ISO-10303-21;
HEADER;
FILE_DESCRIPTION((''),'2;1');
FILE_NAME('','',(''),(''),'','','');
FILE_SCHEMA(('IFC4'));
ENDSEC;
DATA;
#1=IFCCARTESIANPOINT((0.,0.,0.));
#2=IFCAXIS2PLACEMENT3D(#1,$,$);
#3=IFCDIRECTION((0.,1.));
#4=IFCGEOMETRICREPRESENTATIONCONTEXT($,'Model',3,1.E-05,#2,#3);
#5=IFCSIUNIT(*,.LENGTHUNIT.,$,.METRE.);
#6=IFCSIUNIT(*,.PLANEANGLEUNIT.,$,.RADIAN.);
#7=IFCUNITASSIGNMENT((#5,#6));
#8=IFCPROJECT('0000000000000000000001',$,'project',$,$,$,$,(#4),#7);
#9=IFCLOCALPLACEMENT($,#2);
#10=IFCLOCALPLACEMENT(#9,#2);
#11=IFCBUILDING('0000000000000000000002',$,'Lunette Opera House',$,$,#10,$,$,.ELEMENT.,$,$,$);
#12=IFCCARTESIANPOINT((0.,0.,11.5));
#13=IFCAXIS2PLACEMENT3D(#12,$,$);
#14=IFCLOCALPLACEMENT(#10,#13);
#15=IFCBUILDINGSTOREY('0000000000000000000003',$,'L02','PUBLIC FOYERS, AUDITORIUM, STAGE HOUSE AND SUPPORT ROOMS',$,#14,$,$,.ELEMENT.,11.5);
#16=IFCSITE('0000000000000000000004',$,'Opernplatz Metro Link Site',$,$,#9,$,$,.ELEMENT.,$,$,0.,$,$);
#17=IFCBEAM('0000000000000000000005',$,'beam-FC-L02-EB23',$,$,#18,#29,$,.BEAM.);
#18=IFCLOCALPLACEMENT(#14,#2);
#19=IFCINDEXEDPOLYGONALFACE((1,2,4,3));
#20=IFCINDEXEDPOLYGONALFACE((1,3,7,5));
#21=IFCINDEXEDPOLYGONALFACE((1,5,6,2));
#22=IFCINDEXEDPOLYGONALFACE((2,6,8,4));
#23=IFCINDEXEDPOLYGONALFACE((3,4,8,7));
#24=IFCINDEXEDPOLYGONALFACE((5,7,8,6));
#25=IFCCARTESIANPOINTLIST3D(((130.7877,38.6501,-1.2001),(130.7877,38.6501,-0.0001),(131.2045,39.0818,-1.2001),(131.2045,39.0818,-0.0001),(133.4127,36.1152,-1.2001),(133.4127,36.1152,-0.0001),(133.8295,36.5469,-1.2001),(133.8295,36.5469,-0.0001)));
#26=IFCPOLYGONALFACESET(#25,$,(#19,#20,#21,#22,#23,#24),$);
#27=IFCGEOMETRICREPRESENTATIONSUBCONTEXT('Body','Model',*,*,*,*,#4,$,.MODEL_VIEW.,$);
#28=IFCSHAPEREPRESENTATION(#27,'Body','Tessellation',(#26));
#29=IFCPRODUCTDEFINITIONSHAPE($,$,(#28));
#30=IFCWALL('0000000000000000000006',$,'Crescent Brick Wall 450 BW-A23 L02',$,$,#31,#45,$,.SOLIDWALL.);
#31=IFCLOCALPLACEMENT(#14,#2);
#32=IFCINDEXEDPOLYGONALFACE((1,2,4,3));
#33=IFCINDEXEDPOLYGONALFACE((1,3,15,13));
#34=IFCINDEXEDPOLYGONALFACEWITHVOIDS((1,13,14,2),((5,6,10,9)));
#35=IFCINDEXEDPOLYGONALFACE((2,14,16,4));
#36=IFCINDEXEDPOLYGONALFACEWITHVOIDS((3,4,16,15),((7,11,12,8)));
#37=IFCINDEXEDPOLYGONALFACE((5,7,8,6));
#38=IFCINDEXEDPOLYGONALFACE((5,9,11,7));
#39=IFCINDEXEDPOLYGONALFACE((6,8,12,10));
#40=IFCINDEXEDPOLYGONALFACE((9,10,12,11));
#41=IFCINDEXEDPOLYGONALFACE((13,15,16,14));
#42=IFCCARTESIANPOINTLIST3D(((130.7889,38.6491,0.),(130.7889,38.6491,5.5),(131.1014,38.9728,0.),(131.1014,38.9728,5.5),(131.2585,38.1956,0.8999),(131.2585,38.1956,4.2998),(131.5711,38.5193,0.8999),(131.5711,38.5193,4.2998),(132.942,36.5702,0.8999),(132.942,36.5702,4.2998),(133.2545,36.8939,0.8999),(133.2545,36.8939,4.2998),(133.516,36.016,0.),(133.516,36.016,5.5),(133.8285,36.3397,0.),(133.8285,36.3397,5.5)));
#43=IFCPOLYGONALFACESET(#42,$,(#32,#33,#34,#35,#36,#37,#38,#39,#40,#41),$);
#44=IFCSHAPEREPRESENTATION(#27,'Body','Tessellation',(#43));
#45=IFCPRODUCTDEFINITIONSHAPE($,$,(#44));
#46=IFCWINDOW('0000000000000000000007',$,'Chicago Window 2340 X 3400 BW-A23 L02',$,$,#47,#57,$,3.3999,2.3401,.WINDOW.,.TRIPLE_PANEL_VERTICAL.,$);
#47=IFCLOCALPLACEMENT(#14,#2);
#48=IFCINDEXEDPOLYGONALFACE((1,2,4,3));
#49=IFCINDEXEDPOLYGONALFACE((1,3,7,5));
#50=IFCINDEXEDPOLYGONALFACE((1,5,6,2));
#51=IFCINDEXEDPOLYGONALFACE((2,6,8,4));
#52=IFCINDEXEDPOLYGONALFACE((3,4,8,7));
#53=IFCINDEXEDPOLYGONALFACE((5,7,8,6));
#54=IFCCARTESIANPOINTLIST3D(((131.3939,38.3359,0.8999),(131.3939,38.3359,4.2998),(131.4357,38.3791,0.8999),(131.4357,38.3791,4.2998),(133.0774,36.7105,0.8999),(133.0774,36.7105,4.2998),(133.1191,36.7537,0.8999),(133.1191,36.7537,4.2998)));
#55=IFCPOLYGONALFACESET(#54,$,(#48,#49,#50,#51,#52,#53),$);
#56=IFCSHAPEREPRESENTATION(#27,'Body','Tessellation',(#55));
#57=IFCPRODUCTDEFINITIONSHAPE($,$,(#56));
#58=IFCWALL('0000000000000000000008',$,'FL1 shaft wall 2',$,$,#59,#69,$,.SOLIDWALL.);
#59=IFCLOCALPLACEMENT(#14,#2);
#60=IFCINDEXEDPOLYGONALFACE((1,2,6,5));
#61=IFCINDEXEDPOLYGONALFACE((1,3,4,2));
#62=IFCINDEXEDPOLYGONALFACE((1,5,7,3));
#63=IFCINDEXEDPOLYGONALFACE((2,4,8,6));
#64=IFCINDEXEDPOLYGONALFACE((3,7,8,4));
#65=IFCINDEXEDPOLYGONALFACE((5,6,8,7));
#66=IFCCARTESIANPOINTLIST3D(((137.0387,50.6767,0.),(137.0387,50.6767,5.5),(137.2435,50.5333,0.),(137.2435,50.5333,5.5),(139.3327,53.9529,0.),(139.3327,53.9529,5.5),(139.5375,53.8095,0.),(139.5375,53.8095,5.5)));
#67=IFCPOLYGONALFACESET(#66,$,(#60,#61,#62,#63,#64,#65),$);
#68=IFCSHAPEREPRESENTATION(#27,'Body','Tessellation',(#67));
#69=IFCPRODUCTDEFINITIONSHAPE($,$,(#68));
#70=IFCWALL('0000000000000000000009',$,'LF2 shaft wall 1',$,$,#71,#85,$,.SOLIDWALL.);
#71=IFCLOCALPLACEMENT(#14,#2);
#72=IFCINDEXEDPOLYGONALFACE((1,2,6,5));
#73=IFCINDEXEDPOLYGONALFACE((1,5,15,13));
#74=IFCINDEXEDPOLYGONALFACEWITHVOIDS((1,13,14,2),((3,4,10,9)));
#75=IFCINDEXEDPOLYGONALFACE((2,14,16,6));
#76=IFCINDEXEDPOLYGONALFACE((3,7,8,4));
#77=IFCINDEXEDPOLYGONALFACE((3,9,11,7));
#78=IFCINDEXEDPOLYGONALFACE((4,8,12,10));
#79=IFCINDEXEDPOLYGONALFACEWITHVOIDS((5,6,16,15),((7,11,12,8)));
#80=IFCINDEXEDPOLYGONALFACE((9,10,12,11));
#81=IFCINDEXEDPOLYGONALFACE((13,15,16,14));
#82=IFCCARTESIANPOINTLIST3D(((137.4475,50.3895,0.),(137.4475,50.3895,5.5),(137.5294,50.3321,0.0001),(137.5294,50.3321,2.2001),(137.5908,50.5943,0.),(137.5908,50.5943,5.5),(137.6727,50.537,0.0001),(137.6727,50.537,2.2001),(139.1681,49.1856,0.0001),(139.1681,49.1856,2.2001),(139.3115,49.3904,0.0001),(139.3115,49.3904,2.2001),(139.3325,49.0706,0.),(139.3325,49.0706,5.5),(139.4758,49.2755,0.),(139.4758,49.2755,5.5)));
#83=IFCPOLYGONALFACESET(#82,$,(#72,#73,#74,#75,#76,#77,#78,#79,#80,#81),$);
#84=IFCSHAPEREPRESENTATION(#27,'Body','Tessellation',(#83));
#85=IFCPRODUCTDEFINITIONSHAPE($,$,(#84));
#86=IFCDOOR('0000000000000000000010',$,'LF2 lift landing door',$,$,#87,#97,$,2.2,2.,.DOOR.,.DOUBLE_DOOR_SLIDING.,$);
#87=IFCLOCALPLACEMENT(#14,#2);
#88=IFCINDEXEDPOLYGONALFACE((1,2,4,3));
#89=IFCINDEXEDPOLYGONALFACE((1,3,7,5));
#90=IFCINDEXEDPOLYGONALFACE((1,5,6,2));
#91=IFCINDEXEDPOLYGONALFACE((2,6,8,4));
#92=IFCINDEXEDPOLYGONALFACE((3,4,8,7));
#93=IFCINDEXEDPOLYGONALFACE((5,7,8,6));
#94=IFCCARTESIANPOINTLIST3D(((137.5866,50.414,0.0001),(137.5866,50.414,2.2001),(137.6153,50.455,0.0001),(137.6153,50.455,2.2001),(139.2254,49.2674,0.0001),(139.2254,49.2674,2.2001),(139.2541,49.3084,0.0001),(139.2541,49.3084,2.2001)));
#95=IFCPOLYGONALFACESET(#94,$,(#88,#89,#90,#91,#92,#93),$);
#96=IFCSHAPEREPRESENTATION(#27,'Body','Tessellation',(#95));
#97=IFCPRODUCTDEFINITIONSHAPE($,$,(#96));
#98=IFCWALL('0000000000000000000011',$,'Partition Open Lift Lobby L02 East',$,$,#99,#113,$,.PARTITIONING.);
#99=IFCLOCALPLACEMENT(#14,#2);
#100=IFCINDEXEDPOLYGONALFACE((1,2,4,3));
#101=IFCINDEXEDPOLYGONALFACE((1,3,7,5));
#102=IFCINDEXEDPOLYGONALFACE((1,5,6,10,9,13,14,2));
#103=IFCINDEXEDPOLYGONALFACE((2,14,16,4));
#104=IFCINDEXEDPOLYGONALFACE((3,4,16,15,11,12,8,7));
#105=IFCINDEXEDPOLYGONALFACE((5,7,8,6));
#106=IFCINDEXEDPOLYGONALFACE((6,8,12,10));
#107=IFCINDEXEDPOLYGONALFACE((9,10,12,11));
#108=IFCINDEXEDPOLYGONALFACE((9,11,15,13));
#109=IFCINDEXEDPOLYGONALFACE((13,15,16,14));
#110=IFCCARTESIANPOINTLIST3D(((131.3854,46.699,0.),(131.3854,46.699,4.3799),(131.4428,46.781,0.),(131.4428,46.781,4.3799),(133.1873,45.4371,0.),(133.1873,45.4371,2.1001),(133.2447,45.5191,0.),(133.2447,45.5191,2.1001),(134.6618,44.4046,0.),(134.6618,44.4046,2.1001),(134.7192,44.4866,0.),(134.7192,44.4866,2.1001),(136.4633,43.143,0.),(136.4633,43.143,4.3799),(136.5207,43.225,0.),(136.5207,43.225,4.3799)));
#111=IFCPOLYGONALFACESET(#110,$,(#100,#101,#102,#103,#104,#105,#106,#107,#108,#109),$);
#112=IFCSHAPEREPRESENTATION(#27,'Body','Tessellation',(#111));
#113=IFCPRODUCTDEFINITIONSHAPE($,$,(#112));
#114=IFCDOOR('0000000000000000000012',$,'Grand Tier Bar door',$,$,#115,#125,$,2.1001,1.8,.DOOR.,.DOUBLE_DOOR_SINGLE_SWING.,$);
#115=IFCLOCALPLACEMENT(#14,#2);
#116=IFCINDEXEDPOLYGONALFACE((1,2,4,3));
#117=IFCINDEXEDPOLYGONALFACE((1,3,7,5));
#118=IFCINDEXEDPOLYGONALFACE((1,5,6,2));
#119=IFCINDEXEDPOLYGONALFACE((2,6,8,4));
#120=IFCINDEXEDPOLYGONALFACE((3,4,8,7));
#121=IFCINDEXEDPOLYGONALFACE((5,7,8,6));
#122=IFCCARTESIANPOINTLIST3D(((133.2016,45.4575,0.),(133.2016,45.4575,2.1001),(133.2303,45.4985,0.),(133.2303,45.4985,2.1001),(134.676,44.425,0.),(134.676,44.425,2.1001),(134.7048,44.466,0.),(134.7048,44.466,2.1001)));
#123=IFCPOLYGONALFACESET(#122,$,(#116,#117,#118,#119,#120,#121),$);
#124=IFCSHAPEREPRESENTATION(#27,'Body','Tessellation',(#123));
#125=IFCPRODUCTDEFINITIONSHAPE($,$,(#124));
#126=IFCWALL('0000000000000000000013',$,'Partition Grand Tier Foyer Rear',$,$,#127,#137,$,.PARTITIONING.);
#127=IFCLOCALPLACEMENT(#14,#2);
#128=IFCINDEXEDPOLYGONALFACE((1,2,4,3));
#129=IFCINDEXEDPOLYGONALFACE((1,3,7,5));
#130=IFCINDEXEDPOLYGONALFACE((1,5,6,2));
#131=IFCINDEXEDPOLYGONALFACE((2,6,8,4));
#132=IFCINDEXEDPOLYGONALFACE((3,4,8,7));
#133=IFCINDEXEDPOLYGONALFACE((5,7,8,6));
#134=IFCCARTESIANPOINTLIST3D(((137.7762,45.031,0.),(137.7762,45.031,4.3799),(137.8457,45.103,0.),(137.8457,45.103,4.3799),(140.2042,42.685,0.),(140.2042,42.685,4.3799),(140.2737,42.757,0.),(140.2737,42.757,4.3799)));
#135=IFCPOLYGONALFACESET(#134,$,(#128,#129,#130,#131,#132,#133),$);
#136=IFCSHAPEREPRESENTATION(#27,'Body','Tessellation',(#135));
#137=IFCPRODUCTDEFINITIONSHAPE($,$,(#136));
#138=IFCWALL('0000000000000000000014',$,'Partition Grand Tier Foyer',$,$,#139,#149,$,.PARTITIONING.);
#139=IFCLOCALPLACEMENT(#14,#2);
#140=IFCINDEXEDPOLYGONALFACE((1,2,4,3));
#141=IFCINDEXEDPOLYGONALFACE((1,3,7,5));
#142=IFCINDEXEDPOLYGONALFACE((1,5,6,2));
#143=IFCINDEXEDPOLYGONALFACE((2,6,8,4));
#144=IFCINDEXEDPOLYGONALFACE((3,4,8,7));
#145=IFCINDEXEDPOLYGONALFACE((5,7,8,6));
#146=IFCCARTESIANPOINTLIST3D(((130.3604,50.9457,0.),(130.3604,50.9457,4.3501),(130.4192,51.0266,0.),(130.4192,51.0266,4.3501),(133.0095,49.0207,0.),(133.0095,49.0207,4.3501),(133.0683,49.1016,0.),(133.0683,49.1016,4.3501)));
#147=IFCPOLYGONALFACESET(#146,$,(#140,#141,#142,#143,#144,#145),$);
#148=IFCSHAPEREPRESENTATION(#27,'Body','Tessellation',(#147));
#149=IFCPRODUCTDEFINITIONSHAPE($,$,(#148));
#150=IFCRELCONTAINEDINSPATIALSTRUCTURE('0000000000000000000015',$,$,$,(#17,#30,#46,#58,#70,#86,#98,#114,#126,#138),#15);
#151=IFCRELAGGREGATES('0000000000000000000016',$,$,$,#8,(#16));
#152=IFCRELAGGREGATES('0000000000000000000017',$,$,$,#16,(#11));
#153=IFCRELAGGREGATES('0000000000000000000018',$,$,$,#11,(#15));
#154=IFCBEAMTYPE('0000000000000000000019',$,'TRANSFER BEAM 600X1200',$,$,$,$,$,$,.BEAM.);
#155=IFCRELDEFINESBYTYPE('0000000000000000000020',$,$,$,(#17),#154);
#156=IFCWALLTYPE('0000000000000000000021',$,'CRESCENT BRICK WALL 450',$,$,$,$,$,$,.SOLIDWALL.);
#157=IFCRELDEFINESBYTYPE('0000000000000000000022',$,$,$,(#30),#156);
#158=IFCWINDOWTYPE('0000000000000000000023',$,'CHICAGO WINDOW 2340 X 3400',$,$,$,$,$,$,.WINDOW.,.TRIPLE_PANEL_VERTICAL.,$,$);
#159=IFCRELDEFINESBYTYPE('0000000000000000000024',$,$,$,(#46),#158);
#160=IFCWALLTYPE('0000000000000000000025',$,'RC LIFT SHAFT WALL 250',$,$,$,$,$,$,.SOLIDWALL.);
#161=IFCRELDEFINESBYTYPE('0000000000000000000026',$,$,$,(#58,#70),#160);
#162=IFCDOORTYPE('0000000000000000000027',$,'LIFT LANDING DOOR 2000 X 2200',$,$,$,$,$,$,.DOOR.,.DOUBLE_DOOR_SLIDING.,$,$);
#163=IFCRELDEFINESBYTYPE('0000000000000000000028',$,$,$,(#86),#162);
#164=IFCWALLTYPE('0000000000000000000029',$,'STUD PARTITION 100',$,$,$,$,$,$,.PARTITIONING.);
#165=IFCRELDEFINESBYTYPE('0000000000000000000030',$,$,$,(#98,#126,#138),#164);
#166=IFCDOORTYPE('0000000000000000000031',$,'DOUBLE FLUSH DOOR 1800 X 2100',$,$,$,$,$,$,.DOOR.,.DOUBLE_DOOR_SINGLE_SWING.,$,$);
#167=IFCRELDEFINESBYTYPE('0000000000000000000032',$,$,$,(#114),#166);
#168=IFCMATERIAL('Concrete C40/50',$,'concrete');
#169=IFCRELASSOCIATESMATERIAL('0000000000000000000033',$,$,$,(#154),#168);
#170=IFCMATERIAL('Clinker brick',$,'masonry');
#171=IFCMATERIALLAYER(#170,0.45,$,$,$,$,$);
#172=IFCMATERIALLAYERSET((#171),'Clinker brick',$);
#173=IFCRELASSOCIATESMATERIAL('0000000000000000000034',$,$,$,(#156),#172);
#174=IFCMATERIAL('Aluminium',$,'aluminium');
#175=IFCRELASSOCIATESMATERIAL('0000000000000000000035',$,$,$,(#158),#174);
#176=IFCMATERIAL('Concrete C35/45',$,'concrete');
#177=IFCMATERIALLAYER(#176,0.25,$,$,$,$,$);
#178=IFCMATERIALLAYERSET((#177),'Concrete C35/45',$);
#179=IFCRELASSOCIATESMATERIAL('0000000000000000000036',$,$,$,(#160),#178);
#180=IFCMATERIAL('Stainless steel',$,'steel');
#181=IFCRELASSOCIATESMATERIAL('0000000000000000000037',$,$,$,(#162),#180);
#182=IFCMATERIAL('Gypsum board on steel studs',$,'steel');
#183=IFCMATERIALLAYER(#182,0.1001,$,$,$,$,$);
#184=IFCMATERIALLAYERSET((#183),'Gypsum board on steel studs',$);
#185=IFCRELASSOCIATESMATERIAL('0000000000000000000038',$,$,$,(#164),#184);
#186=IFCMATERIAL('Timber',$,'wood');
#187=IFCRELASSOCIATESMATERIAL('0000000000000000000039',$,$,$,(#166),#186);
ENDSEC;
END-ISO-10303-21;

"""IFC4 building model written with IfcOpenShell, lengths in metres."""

from ifc_helpers import new_model, si_unit, direction, frame, frame_2d, origin, origin_2d, place, context, subcontext, project, spatial, rectangle, extrude, material, layer, layer_set, material_profile, profile_set, type_object, element, fill, save


model = new_model("IFC4")

# Units and contexts
model_context = context("Model", 3, precision=1e-05, world=origin(), true_north=direction((0.0, 1.0)))
body_context = subcontext(model_context, "Body", "Model", "MODEL_VIEW")
ifc_project = project(units=[si_unit("LENGTHUNIT", "METRE"), si_unit("PLANEANGLEUNIT", "RADIAN")], contexts=[model_context])

# Site, building, storey
site_placement = place(None, origin())
site = spatial("IfcSite", under=ifc_project, at=site_placement, Name="Opernplatz Metro Link Site", CompositionType="ELEMENT", RefElevation=0.0)
building_placement = place(site_placement, origin())
building = spatial("IfcBuilding", under=site, at=building_placement, Name="Lunette Opera House", CompositionType="ELEMENT")
storey_placement = place(building_placement, frame((0.0, 0.0, 11.5)))
storey = spatial("IfcBuildingStorey", under=building, at=storey_placement, Name="L02", Description="PUBLIC FOYERS, AUDITORIUM, STAGE HOUSE AND SUPPORT ROOMS", CompositionType="ELEMENT", Elevation=11.5)

# Beam
ifc_material_1 = material(Name="Concrete C40/50", Category="concrete")
ifc_material_profile_1 = material_profile(ifc_material_1, rectangle(XDim=0.6001, YDim=1.2, at=origin_2d()), Name="TRANSFER BEAM 600X1200")
ifc_profile_set_1 = profile_set([ifc_material_profile_1], Name="Concrete C40/50")
beam_type_1 = type_object("IfcBeamType", Name="TRANSFER BEAM 600X1200", PredefinedType="BEAM", material=ifc_profile_set_1)
beam_1_placement = place(storey_placement, frame((130.9961, 38.866, -0.6001), z_axis=(0.719343, -0.694655, 0.0), x_axis=(0.694655, 0.719343, 0.0)))
element("IfcBeam", 1, at=beam_1_placement, inside=storey, type_object=beam_type_1, Name="beam-FC-L02-EB23", PredefinedType="BEAM", context=body_context, shape_type="SweptSolid", body=[
    extrude(rectangle(XDim=0.6001, YDim=1.2, at=origin_2d()), origin(), (0.0, 0.0, 1.0), 3.6492),
])

# Wall, opening, window
ifc_material_2 = material(Name="Clinker brick", Category="masonry")
ifc_layer_1 = layer(ifc_material_2, 0.45)
ifc_layer_set_1 = layer_set([ifc_layer_1], Name="Clinker brick")
wall_type_1 = type_object("IfcWallType", Name="CRESCENT BRICK WALL 450", PredefinedType="SOLIDWALL", material=ifc_layer_set_1)
wall_1_placement = place(storey_placement, frame((130.9451, 38.811, 0.0), z_axis=(0.0, 0.0, 1.0), x_axis=(0.719396, -0.6946, 0.0)))
wall_1 = element("IfcWall", 2, at=wall_1_placement, inside=storey, type_object=wall_type_1, Name="Crescent Brick Wall 450 BW-A23 L02", PredefinedType="SOLIDWALL", context=body_context, shape_type="SweptSolid", body=[
    extrude(rectangle(XDim=3.7908, YDim=0.45, at=frame_2d((1.8955, 0.0))), origin(), (0.0, 0.0, 1.0), 5.5),
])
opening_1_placement = place(wall_1_placement, frame((0.6531, 0.0, 0.8999)))
opening_1 = element("IfcOpeningElement", 3, at=opening_1_placement, cuts=wall_1, PredefinedType="OPENING", context=body_context, shape_type="SweptSolid", body=[
    extrude(rectangle(XDim=2.3401, YDim=3.3999, at=frame_2d((1.1699, 1.7))), frame((0.0, 0.2371, 0.0), z_axis=(0.0, -1.0, 0.0), x_axis=(1.0, 0.0, 0.0)), (0.0, 0.0, 1.0), 0.4739),
])
ifc_material_3 = material(Name="Aluminium", Category="aluminium")
window_type = type_object("IfcWindowType", Name="CHICAGO WINDOW 2340 X 3400", PartitioningType="TRIPLE_PANEL_VERTICAL", PredefinedType="WINDOW", material=ifc_material_3)
window_placement = place(opening_1_placement, origin())
window = element("IfcWindow", 4, at=window_placement, inside=storey, type_object=window_type, Name="Chicago Window 2340 X 3400 BW-A23 L02", OverallHeight=3.3999, OverallWidth=2.3401, PartitioningType="TRIPLE_PANEL_VERTICAL", PredefinedType="WINDOW", context=body_context, shape_type="SweptSolid", body=[
    extrude(rectangle(XDim=2.3401, YDim=3.3999, at=frame_2d((1.1699, 1.7))), frame((0.0, 0.03, 0.0), z_axis=(0.0, -1.0, 0.0), x_axis=(1.0, 0.0, 0.0)), (0.0, 0.0, 1.0), 0.0601),
])
fill(opening_1, window)

# Wall
ifc_material_4 = material(Name="Concrete C35/45", Category="concrete")
ifc_layer_2 = layer(ifc_material_4, 0.25)
ifc_layer_set_2 = layer_set([ifc_layer_2], Name="Concrete C35/45")
wall_type_2 = type_object("IfcWallType", Name="RC LIFT SHAFT WALL 250", PredefinedType="SOLIDWALL", material=ifc_layer_set_2)
wall_2_placement = place(storey_placement, frame((137.1411, 50.605, 0.0), z_axis=(0.0, 0.0, 1.0), x_axis=(0.573573, 0.819154, 0.0)))
element("IfcWall", 5, at=wall_2_placement, inside=storey, type_object=wall_type_2, Name="FL1 shaft wall 2", PredefinedType="SOLIDWALL", context=body_context, shape_type="SweptSolid", body=[
    extrude(rectangle(XDim=3.9995, YDim=0.25, at=frame_2d((1.9998, 0.0))), origin(), (0.0, 0.0, 1.0), 5.5),
])

# Walls, openings, doors
wall_3_placement = place(storey_placement, frame((137.519, 50.4919, 0.0), z_axis=(0.0, 0.0, 1.0), x_axis=(0.819367, -0.57327, 0.0)))
wall_3 = element("IfcWall", 6, at=wall_3_placement, inside=storey, type_object=wall_type_2, Name="LF2 shaft wall 1", PredefinedType="SOLIDWALL", context=body_context, shape_type="SweptSolid", body=[
    extrude(rectangle(XDim=2.3005, YDim=0.25, at=frame_2d((1.1504, 0.0))), origin(), (0.0, 0.0, 1.0), 5.5),
])
opening_2_placement = place(wall_3_placement, frame((0.1001, 0.0, 0.0)))
opening_2 = element("IfcOpeningElement", 7, at=opening_2_placement, cuts=wall_3, PredefinedType="OPENING", context=body_context, shape_type="SweptSolid", body=[
    extrude(rectangle(XDim=2.0, YDim=2.2, at=frame_2d((1.0, 1.1001))), frame((0.0, 0.137, 0.0), z_axis=(0.0, -1.0, 0.0), x_axis=(1.0, 0.0, 0.0)), (0.0, 0.0, 1.0), 0.2739),
])
ifc_material_5 = material(Name="Stainless steel", Category="steel")
door_type_1 = type_object("IfcDoorType", Name="LIFT LANDING DOOR 2000 X 2200", OperationType="DOUBLE_DOOR_SLIDING", PredefinedType="DOOR", material=ifc_material_5)
door_1_placement = place(opening_2_placement, origin())
door_1 = element("IfcDoor", 8, at=door_1_placement, inside=storey, type_object=door_type_1, Name="LF2 lift landing door", OperationType="DOUBLE_DOOR_SLIDING", OverallHeight=2.2, OverallWidth=2.0, PredefinedType="DOOR", context=body_context, shape_type="SweptSolid", body=[
    extrude(rectangle(XDim=2.0, YDim=2.2, at=frame_2d((1.0, 1.1001))), frame((0.0, 0.0249, 0.0), z_axis=(0.0, -1.0, 0.0), x_axis=(1.0, 0.0, 0.0)), (0.0, 0.0, 1.0), 0.05),
])
fill(opening_2, door_1)
ifc_material_6 = material(Name="Gypsum board on steel studs", Category="steel")
ifc_layer_3 = layer(ifc_material_6, 0.1001)
ifc_layer_set_3 = layer_set([ifc_layer_3], Name="Gypsum board on steel studs")
wall_type_3 = type_object("IfcWallType", Name="STUD PARTITION 100", PredefinedType="PARTITIONING", material=ifc_layer_set_3)
wall_4_placement = place(storey_placement, frame((131.4141, 46.74, 0.0), z_axis=(0.0, 0.0, 1.0), x_axis=(0.819126, -0.573613, 0.0)))
wall_4 = element("IfcWall", 9, at=wall_4_placement, inside=storey, type_object=wall_type_3, Name="Partition Open Lift Lobby L02 East", PredefinedType="PARTITIONING", context=body_context, shape_type="SweptSolid", body=[
    extrude(rectangle(XDim=6.1992, YDim=0.1001, at=frame_2d((3.0996, 0.0))), origin(), (0.0, 0.0, 1.0), 4.3799),
])
opening_3_placement = place(wall_4_placement, frame((2.2, 0.0, 0.0)))
opening_3 = element("IfcOpeningElement", 10, at=opening_3_placement, cuts=wall_4, PredefinedType="OPENING", context=body_context, shape_type="SweptSolid", body=[
    extrude(rectangle(XDim=1.8, YDim=2.1001, at=frame_2d((0.8999, 1.05))), frame((0.0, 0.062, 0.0), z_axis=(0.0, -1.0, 0.0), x_axis=(1.0, 0.0, 0.0)), (0.0, 0.0, 1.0), 0.124),
])
ifc_material_7 = material(Name="Timber", Category="wood")
door_type_2 = type_object("IfcDoorType", Name="DOUBLE FLUSH DOOR 1800 X 2100", OperationType="DOUBLE_DOOR_SINGLE_SWING", PredefinedType="DOOR", material=ifc_material_7)
door_2_placement = place(opening_3_placement, origin())
door_2 = element("IfcDoor", 11, at=door_2_placement, inside=storey, type_object=door_type_2, Name="Grand Tier Bar door", OperationType="DOUBLE_DOOR_SINGLE_SWING", OverallHeight=2.1001, OverallWidth=1.8, PredefinedType="DOOR", context=body_context, shape_type="SweptSolid", body=[
    extrude(rectangle(XDim=1.8, YDim=2.1001, at=frame_2d((0.8999, 1.05))), frame((0.0, 0.0249, 0.0), z_axis=(0.0, -1.0, 0.0), x_axis=(1.0, 0.0, 0.0)), (0.0, 0.0, 1.0), 0.05),
])
fill(opening_3, door_2)

# Walls
wall_5_placement = place(storey_placement, frame((137.811, 45.0669, 0.0), z_axis=(0.0, 0.0, 1.0), x_axis=(0.719151, -0.694854, 0.0)))
element("IfcWall", 12, at=wall_5_placement, inside=storey, type_object=wall_type_3, Name="Partition Grand Tier Foyer Rear", PredefinedType="PARTITIONING", context=body_context, shape_type="SweptSolid", body=[
    extrude(rectangle(XDim=3.3762, YDim=0.1001, at=frame_2d((1.688, 0.0))), origin(), (0.0, 0.0, 1.0), 4.3799),
])
wall_6_placement = place(storey_placement, frame((130.3899, 50.9861, 0.0), z_axis=(0.0, 0.0, 1.0), x_axis=(0.808971, -0.587848, 0.0)))
element("IfcWall", 13, at=wall_6_placement, inside=storey, type_object=wall_type_3, Name="Partition Grand Tier Foyer", PredefinedType="PARTITIONING", context=body_context, shape_type="SweptSolid", body=[
    extrude(rectangle(XDim=3.2747, YDim=0.1001, at=frame_2d((1.6372, 0.0))), origin(), (0.0, 0.0, 1.0), 4.3501),
])

save(model, "model.ifc")
